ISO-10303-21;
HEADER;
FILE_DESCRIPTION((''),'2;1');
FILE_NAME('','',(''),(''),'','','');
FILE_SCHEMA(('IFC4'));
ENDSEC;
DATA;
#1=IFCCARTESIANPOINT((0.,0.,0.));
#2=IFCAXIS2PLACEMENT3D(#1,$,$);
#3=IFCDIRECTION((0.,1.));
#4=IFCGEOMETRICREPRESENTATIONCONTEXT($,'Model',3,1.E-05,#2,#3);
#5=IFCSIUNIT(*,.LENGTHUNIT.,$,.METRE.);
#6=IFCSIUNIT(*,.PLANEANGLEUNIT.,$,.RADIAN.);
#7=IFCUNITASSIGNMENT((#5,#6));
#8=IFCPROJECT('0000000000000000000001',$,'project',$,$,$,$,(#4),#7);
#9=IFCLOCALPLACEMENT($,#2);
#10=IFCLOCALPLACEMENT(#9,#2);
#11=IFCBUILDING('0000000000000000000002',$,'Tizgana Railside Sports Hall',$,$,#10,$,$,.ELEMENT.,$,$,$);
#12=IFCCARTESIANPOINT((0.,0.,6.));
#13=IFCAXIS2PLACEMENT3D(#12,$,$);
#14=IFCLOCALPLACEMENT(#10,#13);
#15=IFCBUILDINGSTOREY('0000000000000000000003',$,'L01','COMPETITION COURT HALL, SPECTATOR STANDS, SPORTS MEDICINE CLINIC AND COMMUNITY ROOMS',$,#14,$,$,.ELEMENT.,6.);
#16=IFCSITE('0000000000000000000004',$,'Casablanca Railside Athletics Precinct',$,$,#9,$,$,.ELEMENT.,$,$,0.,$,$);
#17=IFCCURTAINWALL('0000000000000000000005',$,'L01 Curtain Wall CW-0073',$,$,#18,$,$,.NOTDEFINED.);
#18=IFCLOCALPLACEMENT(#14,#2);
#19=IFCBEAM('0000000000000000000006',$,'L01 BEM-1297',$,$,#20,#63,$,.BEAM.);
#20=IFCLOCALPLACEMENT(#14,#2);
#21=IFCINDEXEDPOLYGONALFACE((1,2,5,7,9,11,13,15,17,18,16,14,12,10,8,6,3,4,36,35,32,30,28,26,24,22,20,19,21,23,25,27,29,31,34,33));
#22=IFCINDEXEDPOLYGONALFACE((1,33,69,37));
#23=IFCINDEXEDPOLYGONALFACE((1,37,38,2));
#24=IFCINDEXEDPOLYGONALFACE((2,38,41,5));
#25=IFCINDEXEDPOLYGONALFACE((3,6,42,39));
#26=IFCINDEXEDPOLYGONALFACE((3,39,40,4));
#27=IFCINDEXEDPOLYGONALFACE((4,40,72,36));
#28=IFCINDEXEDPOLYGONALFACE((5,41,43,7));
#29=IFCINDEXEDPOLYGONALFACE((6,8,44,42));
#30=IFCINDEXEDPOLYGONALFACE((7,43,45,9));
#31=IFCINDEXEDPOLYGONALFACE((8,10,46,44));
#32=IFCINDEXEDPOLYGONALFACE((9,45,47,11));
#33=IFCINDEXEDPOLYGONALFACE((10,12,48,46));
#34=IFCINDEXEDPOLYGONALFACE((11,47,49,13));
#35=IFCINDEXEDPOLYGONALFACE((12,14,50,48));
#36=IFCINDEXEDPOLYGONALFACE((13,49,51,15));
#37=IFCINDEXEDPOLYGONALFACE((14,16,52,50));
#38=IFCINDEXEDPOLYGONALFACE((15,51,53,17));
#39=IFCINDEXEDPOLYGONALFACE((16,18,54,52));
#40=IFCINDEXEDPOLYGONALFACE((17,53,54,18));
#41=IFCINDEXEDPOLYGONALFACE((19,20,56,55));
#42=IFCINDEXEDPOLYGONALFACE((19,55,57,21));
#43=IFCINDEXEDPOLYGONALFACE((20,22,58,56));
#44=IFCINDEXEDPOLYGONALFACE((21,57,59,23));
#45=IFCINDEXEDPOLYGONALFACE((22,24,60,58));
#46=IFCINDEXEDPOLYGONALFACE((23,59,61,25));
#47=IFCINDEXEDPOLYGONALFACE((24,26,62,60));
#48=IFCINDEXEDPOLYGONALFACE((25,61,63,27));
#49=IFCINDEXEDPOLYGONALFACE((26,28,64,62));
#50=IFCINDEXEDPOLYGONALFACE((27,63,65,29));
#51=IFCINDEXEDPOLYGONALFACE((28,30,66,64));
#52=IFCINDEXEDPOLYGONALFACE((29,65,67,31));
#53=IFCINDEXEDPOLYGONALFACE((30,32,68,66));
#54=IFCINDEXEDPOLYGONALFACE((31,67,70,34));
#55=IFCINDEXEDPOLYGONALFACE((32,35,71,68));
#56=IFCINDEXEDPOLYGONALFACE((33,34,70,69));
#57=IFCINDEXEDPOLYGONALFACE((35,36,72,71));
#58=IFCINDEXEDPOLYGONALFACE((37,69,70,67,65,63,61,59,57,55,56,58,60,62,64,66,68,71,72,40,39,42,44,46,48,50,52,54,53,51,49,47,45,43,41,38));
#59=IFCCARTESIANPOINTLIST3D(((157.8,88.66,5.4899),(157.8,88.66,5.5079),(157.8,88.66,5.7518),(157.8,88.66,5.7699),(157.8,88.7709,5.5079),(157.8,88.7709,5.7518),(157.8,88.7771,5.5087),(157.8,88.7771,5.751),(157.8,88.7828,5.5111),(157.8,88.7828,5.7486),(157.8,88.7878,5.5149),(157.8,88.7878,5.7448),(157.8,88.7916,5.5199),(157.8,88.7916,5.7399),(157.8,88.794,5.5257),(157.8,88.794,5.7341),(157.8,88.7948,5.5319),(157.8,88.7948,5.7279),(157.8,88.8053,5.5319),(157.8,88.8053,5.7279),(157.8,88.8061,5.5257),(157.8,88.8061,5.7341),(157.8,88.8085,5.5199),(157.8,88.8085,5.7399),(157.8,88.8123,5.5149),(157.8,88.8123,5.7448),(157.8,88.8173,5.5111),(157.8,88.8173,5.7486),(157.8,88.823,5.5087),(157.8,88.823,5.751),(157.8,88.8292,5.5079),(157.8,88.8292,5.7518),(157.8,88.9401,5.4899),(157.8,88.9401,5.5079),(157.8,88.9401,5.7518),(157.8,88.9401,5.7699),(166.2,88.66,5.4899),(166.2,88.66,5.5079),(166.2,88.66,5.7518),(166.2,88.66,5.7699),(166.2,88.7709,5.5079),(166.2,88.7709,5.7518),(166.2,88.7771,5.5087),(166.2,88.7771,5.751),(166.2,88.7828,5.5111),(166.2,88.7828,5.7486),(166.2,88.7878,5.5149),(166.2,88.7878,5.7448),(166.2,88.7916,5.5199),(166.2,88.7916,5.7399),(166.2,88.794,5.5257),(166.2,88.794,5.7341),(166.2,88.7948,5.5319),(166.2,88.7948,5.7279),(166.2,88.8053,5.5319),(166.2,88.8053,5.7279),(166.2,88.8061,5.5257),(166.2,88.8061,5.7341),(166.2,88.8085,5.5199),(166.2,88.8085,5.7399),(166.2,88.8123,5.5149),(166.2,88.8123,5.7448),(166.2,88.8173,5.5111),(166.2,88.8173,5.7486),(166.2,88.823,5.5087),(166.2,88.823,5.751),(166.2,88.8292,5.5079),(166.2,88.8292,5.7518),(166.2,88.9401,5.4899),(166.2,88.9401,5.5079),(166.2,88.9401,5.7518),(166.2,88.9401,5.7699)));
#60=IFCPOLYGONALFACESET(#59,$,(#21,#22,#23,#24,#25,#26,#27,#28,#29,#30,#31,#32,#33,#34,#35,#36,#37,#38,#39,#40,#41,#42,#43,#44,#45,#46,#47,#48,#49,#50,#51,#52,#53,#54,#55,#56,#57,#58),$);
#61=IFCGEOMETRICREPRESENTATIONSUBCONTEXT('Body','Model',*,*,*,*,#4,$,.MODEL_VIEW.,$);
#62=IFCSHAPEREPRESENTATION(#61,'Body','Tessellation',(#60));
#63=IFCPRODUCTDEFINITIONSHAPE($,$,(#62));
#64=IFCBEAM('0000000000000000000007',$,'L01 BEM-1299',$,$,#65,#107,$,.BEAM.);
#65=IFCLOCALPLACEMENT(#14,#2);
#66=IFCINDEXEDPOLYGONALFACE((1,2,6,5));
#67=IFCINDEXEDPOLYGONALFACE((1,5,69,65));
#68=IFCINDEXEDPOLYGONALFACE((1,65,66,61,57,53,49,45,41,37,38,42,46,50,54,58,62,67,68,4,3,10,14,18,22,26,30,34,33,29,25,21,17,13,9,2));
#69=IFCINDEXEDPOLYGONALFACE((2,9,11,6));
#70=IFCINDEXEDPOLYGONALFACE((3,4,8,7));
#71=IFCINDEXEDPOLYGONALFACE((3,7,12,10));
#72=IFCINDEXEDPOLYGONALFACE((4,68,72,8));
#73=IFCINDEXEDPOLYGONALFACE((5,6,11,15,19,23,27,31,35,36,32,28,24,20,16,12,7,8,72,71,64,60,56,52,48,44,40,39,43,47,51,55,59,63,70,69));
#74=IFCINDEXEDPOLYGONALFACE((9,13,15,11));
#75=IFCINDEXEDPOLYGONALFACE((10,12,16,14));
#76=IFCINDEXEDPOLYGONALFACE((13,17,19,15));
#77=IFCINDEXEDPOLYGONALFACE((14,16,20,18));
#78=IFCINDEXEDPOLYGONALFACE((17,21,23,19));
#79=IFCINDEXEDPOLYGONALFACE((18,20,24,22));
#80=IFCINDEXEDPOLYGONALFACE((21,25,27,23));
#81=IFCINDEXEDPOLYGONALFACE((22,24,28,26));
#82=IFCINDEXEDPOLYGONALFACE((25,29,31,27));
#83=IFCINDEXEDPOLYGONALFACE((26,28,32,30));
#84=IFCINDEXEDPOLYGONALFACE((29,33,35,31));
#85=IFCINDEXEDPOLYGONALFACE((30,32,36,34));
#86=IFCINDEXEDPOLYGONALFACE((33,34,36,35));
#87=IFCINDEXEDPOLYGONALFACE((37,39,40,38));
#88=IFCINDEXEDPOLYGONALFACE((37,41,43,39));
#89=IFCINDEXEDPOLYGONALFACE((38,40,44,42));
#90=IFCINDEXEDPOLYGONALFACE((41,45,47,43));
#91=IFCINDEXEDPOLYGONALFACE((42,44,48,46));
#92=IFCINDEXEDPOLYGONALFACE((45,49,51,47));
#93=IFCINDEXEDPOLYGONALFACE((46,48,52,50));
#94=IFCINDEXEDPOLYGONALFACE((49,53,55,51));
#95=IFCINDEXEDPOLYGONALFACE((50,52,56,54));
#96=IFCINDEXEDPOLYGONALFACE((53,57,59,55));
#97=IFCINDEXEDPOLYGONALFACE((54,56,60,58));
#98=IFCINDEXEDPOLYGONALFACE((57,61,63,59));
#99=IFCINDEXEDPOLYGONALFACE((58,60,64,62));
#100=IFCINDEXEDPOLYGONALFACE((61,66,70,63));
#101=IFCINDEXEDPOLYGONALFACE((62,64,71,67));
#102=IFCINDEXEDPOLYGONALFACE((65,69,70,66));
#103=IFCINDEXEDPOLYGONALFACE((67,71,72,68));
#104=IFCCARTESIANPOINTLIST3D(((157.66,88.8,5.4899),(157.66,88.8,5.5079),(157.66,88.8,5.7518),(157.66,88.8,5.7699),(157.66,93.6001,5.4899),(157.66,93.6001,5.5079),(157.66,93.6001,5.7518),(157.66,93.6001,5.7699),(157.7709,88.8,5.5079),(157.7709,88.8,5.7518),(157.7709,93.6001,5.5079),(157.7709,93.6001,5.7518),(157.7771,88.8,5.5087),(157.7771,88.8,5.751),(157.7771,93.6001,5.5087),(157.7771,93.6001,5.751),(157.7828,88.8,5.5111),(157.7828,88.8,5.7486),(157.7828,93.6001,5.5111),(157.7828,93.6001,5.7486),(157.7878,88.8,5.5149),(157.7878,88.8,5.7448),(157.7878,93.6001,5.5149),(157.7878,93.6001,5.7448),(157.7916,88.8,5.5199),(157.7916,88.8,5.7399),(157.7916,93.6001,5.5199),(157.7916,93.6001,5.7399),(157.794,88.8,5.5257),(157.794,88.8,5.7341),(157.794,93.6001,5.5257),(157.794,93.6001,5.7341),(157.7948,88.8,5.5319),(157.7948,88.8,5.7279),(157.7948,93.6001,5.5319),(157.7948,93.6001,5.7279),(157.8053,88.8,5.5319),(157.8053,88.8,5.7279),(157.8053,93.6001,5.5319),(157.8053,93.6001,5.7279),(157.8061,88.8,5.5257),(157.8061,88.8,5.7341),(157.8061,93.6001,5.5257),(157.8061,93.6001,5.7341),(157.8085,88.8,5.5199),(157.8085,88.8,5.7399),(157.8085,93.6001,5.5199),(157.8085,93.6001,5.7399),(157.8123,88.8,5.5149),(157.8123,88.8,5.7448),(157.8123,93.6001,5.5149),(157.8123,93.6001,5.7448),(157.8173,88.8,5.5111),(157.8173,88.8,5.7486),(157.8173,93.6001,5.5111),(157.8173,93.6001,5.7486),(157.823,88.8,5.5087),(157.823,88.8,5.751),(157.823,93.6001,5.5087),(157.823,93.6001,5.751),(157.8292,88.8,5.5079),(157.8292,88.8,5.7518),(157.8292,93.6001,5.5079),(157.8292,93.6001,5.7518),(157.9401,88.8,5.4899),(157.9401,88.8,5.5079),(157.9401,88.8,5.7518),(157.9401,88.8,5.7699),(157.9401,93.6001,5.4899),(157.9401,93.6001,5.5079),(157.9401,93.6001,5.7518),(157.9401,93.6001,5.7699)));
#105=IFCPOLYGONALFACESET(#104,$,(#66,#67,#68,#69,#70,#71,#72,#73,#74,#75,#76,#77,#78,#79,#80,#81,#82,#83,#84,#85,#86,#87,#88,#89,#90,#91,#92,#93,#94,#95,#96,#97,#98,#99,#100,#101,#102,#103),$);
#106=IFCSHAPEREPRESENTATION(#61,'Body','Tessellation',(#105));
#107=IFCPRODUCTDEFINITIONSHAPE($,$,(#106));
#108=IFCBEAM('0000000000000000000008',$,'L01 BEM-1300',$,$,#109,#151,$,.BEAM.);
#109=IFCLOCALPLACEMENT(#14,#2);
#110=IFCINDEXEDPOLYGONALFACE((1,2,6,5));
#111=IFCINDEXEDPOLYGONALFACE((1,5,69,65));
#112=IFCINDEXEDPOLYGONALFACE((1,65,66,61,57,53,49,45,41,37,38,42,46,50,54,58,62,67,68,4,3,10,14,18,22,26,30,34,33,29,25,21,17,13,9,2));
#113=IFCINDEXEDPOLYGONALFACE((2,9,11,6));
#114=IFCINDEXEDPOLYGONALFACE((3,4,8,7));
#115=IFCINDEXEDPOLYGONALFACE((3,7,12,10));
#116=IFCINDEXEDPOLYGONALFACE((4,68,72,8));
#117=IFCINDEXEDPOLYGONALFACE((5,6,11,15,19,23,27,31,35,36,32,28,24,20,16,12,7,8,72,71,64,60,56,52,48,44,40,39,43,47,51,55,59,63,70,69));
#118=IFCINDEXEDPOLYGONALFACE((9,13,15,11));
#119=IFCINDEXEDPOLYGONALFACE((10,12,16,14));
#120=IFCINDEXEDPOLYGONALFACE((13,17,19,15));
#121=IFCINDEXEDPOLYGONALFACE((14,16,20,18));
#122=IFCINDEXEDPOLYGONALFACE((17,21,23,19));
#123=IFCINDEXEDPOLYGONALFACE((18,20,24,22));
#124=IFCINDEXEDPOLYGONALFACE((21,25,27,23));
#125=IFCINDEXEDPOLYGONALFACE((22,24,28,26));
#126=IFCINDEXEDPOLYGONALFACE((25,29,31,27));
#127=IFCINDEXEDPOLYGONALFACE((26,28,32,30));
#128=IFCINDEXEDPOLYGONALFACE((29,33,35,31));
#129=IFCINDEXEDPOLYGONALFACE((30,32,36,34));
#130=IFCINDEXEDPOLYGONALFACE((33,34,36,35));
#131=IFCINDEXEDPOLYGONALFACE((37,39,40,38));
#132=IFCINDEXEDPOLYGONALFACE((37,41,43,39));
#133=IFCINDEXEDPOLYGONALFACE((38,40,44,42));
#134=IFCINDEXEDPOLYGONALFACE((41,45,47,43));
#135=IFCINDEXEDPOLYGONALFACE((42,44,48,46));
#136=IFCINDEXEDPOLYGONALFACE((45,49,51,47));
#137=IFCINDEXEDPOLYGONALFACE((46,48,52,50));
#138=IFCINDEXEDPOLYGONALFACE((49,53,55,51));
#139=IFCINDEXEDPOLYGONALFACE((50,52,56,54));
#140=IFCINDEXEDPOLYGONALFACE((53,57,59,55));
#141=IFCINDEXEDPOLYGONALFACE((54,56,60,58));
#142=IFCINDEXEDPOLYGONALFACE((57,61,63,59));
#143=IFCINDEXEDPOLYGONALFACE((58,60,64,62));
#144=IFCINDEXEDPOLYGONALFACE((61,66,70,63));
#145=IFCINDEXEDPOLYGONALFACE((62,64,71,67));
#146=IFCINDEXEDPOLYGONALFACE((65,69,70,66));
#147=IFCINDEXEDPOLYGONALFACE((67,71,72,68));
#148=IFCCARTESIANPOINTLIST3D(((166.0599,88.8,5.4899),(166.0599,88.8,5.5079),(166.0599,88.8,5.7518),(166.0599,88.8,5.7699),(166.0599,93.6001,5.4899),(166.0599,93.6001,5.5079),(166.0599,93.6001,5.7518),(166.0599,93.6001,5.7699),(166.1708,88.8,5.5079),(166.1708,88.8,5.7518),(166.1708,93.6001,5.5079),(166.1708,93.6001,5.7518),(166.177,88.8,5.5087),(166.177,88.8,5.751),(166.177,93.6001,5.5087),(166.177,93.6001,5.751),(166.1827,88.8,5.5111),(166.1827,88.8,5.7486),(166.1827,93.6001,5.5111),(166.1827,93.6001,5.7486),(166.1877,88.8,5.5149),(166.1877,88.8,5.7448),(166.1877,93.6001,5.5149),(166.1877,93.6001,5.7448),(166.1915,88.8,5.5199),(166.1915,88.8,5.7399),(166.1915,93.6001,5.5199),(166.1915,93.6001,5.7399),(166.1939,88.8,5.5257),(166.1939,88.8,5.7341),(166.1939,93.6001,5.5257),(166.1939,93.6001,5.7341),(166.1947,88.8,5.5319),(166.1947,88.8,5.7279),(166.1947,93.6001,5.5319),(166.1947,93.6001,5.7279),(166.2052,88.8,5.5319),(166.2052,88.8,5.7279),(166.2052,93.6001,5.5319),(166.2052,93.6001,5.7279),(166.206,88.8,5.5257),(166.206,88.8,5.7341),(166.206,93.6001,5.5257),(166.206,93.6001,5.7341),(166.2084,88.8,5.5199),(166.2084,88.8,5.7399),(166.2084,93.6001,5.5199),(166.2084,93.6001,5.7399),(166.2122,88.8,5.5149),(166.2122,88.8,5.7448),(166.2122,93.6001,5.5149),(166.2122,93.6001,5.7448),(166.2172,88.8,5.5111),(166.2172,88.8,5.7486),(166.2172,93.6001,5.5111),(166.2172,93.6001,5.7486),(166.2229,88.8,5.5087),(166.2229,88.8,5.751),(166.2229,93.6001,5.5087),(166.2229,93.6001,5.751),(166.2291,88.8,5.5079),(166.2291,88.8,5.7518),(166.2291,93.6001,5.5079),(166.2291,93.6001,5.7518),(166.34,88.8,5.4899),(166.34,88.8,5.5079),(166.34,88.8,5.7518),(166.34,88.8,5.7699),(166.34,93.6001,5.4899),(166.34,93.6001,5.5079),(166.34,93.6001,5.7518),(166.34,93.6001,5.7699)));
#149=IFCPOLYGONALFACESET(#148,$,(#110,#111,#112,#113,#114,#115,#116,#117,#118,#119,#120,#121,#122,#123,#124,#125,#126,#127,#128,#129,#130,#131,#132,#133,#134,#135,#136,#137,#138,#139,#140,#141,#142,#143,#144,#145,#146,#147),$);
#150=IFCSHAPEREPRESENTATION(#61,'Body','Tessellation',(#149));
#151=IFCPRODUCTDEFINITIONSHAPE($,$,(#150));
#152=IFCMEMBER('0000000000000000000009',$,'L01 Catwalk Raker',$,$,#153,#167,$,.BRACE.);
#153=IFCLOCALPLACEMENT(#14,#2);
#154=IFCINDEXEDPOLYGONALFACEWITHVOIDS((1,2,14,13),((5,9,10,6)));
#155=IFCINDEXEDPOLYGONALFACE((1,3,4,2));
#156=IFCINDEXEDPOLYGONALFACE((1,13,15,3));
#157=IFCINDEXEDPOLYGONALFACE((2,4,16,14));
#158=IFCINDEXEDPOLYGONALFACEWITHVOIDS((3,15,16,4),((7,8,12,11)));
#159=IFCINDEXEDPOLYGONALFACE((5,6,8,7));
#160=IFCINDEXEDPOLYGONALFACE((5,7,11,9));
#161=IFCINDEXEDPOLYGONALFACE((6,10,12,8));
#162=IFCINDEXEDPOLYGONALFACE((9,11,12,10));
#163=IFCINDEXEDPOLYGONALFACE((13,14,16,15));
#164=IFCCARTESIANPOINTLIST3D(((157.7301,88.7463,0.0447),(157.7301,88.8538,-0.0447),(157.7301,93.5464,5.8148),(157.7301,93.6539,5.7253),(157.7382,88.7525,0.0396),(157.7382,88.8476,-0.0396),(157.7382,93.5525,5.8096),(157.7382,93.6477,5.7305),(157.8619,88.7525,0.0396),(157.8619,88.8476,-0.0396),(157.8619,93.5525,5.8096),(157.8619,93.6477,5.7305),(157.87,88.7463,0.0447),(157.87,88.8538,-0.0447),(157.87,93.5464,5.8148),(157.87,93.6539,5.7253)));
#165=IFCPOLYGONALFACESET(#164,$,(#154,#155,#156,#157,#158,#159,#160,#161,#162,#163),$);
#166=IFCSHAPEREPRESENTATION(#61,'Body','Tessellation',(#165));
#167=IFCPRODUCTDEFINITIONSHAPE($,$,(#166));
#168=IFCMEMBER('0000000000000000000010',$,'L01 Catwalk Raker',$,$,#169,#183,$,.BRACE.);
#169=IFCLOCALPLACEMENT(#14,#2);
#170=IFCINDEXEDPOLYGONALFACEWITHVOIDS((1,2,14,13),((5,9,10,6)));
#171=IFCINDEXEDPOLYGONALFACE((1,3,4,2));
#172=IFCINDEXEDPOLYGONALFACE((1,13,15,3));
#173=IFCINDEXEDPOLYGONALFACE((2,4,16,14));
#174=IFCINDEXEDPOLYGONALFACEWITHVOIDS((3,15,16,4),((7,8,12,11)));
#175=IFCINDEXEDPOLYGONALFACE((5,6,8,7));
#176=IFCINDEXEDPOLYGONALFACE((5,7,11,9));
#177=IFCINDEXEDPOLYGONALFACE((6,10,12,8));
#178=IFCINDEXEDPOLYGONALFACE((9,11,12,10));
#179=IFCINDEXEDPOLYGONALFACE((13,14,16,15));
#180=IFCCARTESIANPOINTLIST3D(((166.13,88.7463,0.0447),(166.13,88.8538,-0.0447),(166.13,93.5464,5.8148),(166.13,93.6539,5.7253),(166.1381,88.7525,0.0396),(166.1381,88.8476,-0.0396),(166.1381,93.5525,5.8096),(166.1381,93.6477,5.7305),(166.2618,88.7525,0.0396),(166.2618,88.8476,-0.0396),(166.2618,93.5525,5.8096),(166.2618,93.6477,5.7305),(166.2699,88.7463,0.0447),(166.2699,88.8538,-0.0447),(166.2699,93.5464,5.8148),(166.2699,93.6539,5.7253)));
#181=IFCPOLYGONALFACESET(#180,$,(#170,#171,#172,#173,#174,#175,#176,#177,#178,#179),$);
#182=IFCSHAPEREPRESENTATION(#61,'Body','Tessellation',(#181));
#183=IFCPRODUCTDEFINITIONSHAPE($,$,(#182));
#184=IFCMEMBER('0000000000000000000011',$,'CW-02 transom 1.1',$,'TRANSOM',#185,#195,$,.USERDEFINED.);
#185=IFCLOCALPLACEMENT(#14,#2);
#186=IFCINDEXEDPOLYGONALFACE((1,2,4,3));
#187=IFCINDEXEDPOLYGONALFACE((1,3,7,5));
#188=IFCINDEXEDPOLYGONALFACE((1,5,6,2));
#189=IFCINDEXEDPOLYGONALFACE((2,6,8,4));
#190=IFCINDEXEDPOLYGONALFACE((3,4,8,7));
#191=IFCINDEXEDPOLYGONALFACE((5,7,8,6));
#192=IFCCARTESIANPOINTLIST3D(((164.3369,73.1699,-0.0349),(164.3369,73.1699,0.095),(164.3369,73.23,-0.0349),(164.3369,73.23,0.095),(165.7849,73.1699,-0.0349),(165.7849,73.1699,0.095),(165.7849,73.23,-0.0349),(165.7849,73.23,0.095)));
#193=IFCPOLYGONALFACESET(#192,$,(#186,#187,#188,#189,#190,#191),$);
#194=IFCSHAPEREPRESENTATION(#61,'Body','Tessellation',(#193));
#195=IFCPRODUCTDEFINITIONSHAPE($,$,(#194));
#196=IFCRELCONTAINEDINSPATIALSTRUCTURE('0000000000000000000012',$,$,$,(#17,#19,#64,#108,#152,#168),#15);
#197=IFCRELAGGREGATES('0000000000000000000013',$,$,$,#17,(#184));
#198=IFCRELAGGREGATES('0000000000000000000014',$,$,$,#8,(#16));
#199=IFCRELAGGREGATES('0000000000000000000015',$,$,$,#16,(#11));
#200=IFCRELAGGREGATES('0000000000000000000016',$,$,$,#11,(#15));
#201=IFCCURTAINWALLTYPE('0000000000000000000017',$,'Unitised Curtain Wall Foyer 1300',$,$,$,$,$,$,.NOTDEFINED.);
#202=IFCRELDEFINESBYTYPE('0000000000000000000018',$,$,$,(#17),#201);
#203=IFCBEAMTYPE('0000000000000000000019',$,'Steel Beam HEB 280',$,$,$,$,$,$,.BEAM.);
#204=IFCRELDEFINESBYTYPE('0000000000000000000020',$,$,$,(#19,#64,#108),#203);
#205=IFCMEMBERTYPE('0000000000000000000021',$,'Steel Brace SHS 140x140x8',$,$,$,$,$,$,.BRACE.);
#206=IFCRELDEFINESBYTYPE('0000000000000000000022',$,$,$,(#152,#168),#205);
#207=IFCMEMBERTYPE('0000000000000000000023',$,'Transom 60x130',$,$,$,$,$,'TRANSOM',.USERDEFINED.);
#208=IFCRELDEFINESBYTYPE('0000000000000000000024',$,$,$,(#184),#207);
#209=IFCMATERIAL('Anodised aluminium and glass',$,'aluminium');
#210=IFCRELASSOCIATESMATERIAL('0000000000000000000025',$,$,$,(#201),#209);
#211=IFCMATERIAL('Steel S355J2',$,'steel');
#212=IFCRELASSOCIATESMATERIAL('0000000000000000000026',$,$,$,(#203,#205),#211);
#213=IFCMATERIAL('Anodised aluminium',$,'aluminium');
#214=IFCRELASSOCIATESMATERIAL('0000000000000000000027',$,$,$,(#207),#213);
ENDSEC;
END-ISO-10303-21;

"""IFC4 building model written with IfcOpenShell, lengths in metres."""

from ifc_helpers import new_model, si_unit, direction, frame, origin, origin_2d, place, context, subcontext, project, spatial, rectangle, hollow_rectangle, i_section, extrude, material, material_profile, profile_set, type_object, element, aggregate, save


model = new_model("IFC4")

# Units and contexts
model_context = context("Model", 3, precision=1e-05, world=origin(), true_north=direction((0.0, 1.0)))
body_context = subcontext(model_context, "Body", "Model", "MODEL_VIEW")
ifc_project = project(units=[si_unit("LENGTHUNIT", "METRE"), si_unit("PLANEANGLEUNIT", "RADIAN")], contexts=[model_context])

# Site, building, storey
site_placement = place(None, origin())
site = spatial("IfcSite", under=ifc_project, at=site_placement, Name="Casablanca Railside Athletics Precinct", CompositionType="ELEMENT", RefElevation=0.0)
building_placement = place(site_placement, origin())
building = spatial("IfcBuilding", under=site, at=building_placement, Name="Tizgana Railside Sports Hall", CompositionType="ELEMENT")
storey_placement = place(building_placement, frame((0.0, 0.0, 6.0)))
storey = spatial("IfcBuildingStorey", under=building, at=storey_placement, Name="L01", Description="COMPETITION COURT HALL, SPECTATOR STANDS, SPORTS MEDICINE CLINIC AND COMMUNITY ROOMS", CompositionType="ELEMENT", Elevation=6.0)

# Curtain wall
ifc_material_1 = material(Name="Anodised aluminium and glass", Category="aluminium")
curtain_wall_type_1 = type_object("IfcCurtainWallType", Name="Unitised Curtain Wall Foyer 1300", PredefinedType="NOTDEFINED", material=ifc_material_1)
curtain_wall_1_placement = place(storey_placement, origin())
curtain_wall_1 = element("IfcCurtainWall", 1, at=curtain_wall_1_placement, inside=storey, type_object=curtain_wall_type_1, Name="L01 Curtain Wall CW-0073", PredefinedType="NOTDEFINED")
ifc_material_2 = material(Name="Anodised aluminium", Category="aluminium")

# Beams
ifc_material_3 = material(Name="Steel S355J2", Category="steel")
ifc_material_profile_1 = material_profile(ifc_material_3, i_section(OverallWidth=0.28, OverallDepth=0.28, WebThickness=0.0105, FlangeThickness=0.0181, FilletRadius=0.0239, at=origin_2d()), Name="HEB 280")
ifc_profile_set_1 = profile_set([ifc_material_profile_1], Name="Steel S355J2")
beam_type_1 = type_object("IfcBeamType", Name="Steel Beam HEB 280", PredefinedType="BEAM", material=ifc_profile_set_1)
beam_1_placement = place(storey_placement, frame((157.8, 88.8, 5.6299), z_axis=(1.0, 0.0, 0.0), x_axis=(0.0, 1.0, 0.0)))
element("IfcBeam", 2, at=beam_1_placement, inside=storey, type_object=beam_type_1, Name="L01 BEM-1297", PredefinedType="BEAM", context=body_context, shape_type="SweptSolid", body=[
    extrude(i_section(OverallWidth=0.28, OverallDepth=0.28, WebThickness=0.0105, FlangeThickness=0.0181, FilletRadius=0.0239, at=origin_2d()), origin(), (0.0, 0.0, 1.0), 8.3999),
])
for number, where, z_axis, x_axis, name in (
    (3, (157.8, 88.8, 5.6299), (0.0, 1.0, 0.0), (-1.0, 0.0, 0.0), "L01 BEM-1299"),
    (4, (166.2, 88.8, 5.6299), (0.0, 1.0, 0.0), (-1.0, 0.0, 0.0), "L01 BEM-1300"),
):
    element("IfcBeam", number, at=place(storey_placement, frame(where, z_axis=z_axis, x_axis=x_axis)), inside=storey, type_object=beam_type_1, Name=name, PredefinedType="BEAM", context=body_context, shape_type="SweptSolid", body=[
        extrude(i_section(OverallWidth=0.28, OverallDepth=0.28, WebThickness=0.0105, FlangeThickness=0.0181, FilletRadius=0.0239, at=origin_2d()), origin(), (0.0, 0.0, 1.0), 4.8),
    ])

# Members
ifc_material_profile_2 = material_profile(ifc_material_3, hollow_rectangle(XDim=0.1399, YDim=0.1399, WallThickness=0.0081, at=origin_2d()), Name="SHS 140x140x8")
ifc_profile_set_2 = profile_set([ifc_material_profile_2], Name="Steel S355J2")
member_type_1 = type_object("IfcMemberType", Name="Steel Brace SHS 140x140x8", PredefinedType="BRACE", material=ifc_profile_set_2)
for number, where, z_axis, x_axis, name in (
    (5, (157.8, 88.8, 0.0), (0.0, 0.639531, 0.768765), (-1.0, 0.0, 0.0), "L01 Catwalk Raker"),
    (6, (166.2, 88.8, 0.0), (0.0, 0.639531, 0.768765), (-1.0, 0.0, 0.0), "L01 Catwalk Raker"),
):
    element("IfcMember", number, at=place(storey_placement, frame(where, z_axis=z_axis, x_axis=x_axis)), inside=storey, type_object=member_type_1, Name=name, PredefinedType="BRACE", context=body_context, shape_type="SweptSolid", body=[
        extrude(hollow_rectangle(XDim=0.1399, YDim=0.1399, WallThickness=0.0081, at=origin_2d()), origin(), (0.0, 0.0, 1.0), 7.5056),
    ])

# Member
ifc_material_profile_3 = material_profile(ifc_material_2, rectangle(XDim=0.0601, YDim=0.1299, at=origin_2d()), Name="Transom 60x130")
ifc_profile_set_3 = profile_set([ifc_material_profile_3], Name="Anodised aluminium")
member_type_2 = type_object("IfcMemberType", Name="Transom 60x130", ElementType="TRANSOM", PredefinedType="USERDEFINED", material=ifc_profile_set_3)
member_1_placement = place(storey_placement, frame((165.7849, 73.2, 0.03), z_axis=(-1.0, 0.0, 0.0), x_axis=(0.0, -1.0, 0.0)))
member_1 = element("IfcMember", 7, at=member_1_placement, type_object=member_type_2, Name="CW-02 transom 1.1", ObjectType="TRANSOM", PredefinedType="USERDEFINED", context=body_context, shape_type="SweptSolid", body=[
    extrude(rectangle(XDim=0.0601, YDim=0.1299, at=origin_2d()), origin(), (0.0, 0.0, 1.0), 1.448),
])

aggregate(curtain_wall_1, [member_1])

save(model, "model.ifc")
